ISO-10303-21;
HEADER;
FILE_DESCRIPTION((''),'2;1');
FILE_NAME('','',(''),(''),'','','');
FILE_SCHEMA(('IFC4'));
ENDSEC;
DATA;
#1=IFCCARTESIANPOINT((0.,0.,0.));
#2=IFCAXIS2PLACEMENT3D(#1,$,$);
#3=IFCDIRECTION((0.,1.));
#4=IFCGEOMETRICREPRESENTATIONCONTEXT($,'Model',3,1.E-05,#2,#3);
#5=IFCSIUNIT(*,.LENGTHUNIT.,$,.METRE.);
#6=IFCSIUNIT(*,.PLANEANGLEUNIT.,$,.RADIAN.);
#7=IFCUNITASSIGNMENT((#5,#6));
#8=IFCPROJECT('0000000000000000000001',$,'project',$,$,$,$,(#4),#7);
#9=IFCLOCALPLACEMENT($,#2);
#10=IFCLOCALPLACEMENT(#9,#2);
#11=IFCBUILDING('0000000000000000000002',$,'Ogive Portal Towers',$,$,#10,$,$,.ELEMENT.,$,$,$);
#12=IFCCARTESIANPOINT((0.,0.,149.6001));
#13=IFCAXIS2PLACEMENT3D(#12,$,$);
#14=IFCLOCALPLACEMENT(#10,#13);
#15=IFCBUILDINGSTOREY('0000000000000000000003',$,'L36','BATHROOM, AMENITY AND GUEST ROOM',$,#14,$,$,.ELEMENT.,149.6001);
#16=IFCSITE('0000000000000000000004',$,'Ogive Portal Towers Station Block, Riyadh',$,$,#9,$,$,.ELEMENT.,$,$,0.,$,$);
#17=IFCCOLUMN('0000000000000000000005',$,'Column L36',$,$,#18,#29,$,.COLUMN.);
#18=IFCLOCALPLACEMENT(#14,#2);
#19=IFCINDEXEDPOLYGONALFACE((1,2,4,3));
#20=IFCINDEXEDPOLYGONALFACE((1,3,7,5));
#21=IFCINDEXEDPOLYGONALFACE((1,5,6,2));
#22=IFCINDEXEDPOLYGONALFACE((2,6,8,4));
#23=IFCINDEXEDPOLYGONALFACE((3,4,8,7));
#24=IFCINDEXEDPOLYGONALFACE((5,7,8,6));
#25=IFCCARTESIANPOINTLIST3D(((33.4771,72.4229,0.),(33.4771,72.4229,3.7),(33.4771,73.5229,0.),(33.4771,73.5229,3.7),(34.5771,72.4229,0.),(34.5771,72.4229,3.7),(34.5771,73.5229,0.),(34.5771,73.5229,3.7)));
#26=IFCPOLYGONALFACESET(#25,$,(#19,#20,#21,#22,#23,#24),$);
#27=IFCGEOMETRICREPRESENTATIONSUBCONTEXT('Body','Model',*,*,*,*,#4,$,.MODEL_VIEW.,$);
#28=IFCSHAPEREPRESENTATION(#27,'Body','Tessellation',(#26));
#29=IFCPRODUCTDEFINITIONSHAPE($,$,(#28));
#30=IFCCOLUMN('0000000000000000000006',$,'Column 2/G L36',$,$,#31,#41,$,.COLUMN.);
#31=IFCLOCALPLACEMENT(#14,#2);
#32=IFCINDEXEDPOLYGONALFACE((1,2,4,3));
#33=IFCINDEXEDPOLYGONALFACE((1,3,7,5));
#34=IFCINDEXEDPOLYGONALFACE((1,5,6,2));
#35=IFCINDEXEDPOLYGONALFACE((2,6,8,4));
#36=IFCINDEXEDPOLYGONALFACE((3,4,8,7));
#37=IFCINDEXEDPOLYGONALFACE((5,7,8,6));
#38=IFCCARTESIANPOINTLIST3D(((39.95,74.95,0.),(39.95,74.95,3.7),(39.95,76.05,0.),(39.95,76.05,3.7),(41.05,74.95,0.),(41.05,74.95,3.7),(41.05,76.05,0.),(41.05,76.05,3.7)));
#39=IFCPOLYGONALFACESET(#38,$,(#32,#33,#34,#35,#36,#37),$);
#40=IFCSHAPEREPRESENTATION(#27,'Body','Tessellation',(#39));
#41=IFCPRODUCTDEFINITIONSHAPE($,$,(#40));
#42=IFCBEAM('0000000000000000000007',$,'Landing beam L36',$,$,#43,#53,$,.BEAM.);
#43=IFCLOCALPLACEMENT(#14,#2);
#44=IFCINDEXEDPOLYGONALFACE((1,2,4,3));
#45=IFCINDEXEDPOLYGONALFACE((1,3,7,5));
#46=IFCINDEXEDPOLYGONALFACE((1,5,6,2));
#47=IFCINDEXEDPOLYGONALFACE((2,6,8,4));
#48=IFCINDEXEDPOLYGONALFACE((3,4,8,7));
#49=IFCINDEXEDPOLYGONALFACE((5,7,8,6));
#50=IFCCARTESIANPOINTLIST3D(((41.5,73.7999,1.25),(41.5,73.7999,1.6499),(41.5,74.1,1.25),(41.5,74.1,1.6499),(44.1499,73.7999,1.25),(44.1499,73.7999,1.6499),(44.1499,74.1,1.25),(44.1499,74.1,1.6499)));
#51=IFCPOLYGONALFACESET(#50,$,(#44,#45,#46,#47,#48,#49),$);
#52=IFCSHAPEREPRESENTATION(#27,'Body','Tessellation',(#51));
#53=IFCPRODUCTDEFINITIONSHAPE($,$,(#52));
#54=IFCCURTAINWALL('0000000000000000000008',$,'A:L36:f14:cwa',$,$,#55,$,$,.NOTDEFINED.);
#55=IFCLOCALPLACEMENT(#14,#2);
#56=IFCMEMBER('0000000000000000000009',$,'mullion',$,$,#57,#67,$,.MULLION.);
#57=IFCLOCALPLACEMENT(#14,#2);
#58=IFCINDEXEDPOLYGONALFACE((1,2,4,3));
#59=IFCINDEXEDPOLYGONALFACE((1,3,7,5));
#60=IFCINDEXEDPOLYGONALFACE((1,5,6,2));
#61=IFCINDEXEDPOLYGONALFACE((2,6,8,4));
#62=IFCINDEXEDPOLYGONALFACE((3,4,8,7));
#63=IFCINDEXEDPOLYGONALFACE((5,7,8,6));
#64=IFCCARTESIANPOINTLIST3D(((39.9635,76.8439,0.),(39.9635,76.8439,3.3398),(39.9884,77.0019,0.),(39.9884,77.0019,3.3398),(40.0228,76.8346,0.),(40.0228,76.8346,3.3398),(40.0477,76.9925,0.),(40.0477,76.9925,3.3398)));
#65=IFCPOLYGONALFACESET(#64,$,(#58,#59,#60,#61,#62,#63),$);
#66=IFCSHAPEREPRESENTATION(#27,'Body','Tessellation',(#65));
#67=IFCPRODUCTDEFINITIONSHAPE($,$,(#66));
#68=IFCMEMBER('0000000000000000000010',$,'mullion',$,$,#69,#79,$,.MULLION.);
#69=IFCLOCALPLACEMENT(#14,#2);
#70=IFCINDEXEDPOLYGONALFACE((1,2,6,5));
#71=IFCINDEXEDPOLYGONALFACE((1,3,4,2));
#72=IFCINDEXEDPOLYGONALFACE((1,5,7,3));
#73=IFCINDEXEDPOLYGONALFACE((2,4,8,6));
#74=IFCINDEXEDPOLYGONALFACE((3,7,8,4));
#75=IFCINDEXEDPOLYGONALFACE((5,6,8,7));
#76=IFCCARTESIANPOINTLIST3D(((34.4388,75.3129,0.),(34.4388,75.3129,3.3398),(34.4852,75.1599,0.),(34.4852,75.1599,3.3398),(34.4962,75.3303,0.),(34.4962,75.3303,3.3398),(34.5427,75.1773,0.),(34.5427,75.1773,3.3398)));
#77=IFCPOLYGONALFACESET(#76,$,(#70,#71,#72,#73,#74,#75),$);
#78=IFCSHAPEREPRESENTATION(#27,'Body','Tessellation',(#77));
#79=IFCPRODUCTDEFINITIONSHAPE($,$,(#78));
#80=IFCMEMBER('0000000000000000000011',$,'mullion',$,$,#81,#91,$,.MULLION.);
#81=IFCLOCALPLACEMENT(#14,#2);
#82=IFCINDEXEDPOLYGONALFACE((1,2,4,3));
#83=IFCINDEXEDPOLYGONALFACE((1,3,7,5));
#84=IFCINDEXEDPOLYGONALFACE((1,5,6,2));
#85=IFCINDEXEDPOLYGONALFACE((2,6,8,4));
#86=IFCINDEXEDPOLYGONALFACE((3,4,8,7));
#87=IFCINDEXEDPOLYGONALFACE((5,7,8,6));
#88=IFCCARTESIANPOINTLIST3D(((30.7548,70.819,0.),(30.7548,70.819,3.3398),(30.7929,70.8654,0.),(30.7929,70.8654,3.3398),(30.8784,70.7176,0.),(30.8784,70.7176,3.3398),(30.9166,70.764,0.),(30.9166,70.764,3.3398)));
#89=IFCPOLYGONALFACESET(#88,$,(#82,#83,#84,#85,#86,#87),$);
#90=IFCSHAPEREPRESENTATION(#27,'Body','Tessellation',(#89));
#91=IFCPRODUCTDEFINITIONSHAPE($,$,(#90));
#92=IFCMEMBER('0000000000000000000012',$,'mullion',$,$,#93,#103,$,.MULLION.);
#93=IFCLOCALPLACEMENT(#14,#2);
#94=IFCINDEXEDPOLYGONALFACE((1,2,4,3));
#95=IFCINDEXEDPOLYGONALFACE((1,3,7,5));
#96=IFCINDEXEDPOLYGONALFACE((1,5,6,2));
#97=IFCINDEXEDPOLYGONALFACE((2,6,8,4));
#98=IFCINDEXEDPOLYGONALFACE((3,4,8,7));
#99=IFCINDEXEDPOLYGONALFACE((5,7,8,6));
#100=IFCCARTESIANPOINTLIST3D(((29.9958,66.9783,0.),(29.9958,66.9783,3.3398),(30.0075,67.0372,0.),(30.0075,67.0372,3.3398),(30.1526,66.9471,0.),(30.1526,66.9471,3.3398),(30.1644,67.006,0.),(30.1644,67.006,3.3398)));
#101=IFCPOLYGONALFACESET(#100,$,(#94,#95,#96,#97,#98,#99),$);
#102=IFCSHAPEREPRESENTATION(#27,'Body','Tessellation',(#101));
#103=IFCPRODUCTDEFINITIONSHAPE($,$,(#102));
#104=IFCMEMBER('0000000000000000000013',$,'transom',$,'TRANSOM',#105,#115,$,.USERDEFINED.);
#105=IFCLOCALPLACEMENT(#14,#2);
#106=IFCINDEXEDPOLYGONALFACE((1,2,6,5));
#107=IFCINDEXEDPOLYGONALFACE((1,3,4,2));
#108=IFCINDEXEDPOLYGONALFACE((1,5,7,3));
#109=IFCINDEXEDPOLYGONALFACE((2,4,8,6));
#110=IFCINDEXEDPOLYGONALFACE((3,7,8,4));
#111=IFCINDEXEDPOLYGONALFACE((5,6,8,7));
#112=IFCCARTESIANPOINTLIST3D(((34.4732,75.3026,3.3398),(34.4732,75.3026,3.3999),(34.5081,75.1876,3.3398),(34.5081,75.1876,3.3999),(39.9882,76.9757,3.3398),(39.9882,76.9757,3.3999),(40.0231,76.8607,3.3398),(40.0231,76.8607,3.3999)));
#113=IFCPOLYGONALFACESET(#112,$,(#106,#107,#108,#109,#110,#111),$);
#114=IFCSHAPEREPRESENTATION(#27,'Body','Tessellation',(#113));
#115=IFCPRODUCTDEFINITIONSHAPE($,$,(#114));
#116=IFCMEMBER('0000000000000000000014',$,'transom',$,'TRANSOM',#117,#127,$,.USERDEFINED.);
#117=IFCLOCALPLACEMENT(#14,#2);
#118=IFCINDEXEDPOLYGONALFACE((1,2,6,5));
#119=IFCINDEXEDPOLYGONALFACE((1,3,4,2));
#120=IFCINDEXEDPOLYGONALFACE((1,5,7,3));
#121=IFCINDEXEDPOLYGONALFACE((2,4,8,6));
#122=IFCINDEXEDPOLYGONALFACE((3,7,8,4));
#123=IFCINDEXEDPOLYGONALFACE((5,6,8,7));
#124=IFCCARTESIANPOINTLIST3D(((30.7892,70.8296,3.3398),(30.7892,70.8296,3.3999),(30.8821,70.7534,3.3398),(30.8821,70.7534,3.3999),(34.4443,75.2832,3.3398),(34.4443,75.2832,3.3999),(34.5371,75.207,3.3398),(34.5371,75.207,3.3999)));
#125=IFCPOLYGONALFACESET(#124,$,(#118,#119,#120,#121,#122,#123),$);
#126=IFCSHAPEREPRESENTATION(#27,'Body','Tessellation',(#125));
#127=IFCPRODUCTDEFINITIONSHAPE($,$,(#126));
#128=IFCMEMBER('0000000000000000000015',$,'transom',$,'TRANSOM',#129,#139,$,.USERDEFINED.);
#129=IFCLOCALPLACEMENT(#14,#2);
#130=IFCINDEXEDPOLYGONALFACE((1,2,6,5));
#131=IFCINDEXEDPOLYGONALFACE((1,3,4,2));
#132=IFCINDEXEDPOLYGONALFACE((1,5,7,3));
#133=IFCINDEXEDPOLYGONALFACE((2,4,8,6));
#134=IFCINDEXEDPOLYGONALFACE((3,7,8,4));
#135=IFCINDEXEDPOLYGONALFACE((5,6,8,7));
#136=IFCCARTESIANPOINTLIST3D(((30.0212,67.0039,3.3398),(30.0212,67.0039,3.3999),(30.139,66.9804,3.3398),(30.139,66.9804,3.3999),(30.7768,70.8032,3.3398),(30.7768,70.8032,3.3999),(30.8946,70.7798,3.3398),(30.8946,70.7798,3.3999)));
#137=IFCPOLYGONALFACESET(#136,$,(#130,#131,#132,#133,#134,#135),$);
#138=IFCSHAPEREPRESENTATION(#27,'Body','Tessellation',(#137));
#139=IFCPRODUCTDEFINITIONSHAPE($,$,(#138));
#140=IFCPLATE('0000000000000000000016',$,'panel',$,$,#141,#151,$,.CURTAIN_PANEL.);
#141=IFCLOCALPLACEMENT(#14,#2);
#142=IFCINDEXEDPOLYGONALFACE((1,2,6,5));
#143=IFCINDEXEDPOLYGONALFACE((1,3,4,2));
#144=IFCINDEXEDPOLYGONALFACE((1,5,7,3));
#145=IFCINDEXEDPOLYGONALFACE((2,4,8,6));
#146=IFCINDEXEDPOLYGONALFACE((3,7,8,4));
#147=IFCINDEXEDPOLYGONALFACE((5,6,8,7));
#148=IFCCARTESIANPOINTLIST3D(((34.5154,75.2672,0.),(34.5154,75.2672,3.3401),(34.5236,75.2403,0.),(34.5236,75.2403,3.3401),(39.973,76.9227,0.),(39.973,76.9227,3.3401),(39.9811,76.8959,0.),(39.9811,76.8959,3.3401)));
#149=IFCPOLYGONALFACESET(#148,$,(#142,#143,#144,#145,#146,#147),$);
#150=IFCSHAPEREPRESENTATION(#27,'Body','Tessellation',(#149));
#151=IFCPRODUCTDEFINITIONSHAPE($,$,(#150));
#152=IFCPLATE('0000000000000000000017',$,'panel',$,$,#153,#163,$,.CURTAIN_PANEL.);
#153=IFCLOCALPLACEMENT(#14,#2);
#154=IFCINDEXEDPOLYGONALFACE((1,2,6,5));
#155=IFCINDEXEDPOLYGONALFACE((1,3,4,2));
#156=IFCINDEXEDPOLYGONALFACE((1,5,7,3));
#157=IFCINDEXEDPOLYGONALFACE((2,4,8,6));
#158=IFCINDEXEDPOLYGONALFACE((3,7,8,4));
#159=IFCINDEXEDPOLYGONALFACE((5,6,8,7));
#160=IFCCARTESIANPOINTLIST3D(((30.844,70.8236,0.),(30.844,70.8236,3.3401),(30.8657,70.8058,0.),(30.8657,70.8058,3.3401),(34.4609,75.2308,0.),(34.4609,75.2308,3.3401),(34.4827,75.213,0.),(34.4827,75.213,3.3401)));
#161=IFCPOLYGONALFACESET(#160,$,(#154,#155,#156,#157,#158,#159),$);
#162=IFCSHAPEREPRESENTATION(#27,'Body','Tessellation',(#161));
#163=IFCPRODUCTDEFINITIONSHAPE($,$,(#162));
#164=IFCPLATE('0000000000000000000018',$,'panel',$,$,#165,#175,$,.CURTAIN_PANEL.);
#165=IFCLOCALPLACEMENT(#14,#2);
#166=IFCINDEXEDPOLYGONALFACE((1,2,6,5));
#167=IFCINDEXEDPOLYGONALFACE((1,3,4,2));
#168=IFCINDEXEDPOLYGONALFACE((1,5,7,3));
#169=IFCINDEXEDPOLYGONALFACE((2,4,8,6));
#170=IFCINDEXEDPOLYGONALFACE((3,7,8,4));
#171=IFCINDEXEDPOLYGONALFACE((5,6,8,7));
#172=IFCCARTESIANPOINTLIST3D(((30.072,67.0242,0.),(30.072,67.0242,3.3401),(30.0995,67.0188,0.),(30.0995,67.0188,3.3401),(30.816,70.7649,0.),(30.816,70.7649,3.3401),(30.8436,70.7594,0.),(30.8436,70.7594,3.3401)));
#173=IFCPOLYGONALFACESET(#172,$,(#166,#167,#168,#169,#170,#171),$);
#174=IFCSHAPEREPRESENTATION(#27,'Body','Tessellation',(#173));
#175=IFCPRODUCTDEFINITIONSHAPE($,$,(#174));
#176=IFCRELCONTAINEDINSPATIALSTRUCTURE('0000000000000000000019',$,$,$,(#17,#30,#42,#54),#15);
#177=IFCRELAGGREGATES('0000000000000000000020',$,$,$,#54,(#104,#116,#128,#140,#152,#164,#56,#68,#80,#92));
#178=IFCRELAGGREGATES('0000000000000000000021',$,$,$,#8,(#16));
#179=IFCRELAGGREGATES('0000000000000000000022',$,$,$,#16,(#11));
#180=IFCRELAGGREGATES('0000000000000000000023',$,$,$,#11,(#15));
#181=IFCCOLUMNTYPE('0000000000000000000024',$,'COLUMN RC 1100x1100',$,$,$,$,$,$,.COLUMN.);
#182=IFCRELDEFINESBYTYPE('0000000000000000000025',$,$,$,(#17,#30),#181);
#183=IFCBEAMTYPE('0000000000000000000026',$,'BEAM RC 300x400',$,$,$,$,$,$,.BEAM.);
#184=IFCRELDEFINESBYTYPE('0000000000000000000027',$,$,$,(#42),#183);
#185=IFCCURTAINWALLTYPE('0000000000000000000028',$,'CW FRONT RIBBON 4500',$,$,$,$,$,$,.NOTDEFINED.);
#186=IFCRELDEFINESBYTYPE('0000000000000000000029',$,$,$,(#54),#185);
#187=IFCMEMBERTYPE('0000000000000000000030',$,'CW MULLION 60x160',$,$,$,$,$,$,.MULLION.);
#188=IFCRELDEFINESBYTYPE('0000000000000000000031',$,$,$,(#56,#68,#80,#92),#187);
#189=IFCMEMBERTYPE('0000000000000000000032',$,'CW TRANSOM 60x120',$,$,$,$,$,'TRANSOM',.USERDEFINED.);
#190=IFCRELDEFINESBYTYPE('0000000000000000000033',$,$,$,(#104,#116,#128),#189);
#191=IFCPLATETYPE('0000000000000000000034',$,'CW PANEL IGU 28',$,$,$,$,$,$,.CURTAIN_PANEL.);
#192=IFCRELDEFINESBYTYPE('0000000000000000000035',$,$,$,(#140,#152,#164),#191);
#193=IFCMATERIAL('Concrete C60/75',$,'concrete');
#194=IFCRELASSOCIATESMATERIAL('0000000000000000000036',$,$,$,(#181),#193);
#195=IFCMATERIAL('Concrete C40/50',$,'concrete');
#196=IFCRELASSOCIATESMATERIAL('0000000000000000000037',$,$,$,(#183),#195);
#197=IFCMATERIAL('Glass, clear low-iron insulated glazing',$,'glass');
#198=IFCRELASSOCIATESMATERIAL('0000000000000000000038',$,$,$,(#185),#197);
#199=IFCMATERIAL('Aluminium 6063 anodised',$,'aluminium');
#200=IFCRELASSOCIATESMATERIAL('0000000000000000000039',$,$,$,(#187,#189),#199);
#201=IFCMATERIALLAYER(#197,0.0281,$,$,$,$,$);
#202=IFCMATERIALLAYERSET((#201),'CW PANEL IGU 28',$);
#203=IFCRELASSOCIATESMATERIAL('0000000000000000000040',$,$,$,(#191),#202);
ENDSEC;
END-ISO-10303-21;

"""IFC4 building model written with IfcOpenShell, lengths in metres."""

from ifc_helpers import new_model, si_unit, direction, frame, origin, origin_2d, place, context, subcontext, project, spatial, rectangle, extrude, material, layer, layer_set, material_profile, profile_set, type_object, element, aggregate, save


model = new_model("IFC4")

# Units and contexts
model_context = context("Model", 3, precision=1e-05, world=origin(), true_north=direction((0.0, 1.0)))
body_context = subcontext(model_context, "Body", "Model", "MODEL_VIEW")
ifc_project = project(units=[si_unit("LENGTHUNIT", "METRE"), si_unit("PLANEANGLEUNIT", "RADIAN")], contexts=[model_context])

# Site, building, storey
site_placement = place(None, origin())
site = spatial("IfcSite", under=ifc_project, at=site_placement, Name="Ogive Portal Towers Station Block, Riyadh", CompositionType="ELEMENT", RefElevation=0.0)
building_placement = place(site_placement, origin())
building = spatial("IfcBuilding", under=site, at=building_placement, Name="Ogive Portal Towers", CompositionType="ELEMENT")
storey_placement = place(building_placement, frame((0.0, 0.0, 149.6001)))
storey = spatial("IfcBuildingStorey", under=building, at=storey_placement, Name="L36", Description="BATHROOM, AMENITY AND GUEST ROOM", CompositionType="ELEMENT", Elevation=149.6001)

# Columns
ifc_material_1 = material(Name="Concrete C60/75", Category="concrete")
ifc_material_profile_1 = material_profile(ifc_material_1, rectangle(XDim=1.1001, YDim=1.1001, at=origin_2d()), Name="RC 1100x1100")
ifc_profile_set_1 = profile_set([ifc_material_profile_1], Name="Concrete C60/75")
column_type = type_object("IfcColumnType", Name="COLUMN RC 1100x1100", PredefinedType="COLUMN", material=ifc_profile_set_1)
for number, where, z_axis, x_axis, name in (
    (1, (34.0271, 72.9729, 0.0), (0.0, 0.0, 1.0), (1.0, 0.0, 0.0), "Column L36"),
    (2, (40.5, 75.5, 0.0), (0.0, 0.0, 1.0), (1.0, 0.0, 0.0), "Column 2/G L36"),
):
    element("IfcColumn", number, at=place(storey_placement, frame(where, z_axis=z_axis, x_axis=x_axis)), inside=storey, type_object=column_type, Name=name, PredefinedType="COLUMN", context=body_context, shape_type="SweptSolid", body=[
        extrude(rectangle(XDim=1.1001, YDim=1.1001, at=origin_2d()), origin(), (0.0, 0.0, 1.0), 3.7),
    ])

# Beam
ifc_material_2 = material(Name="Concrete C40/50", Category="concrete")
ifc_material_profile_2 = material_profile(ifc_material_2, rectangle(XDim=0.3, YDim=0.3999, at=origin_2d()), Name="RC 300x400")
ifc_profile_set_2 = profile_set([ifc_material_profile_2], Name="Concrete C40/50")
beam_type = type_object("IfcBeamType", Name="BEAM RC 300x400", PredefinedType="BEAM", material=ifc_profile_set_2)
beam_placement = place(storey_placement, frame((41.5, 73.95, 1.45), z_axis=(1.0, 0.0, 0.0), x_axis=(0.0, 1.0, 0.0)))
element("IfcBeam", 3, at=beam_placement, inside=storey, type_object=beam_type, Name="Landing beam L36", PredefinedType="BEAM", context=body_context, shape_type="SweptSolid", body=[
    extrude(rectangle(XDim=0.3, YDim=0.3999, at=origin_2d()), origin(), (0.0, 0.0, 1.0), 2.6499),
])

# Curtain wall, members, plates
ifc_material_3 = material(Name="Glass, clear low-iron insulated glazing", Category="glass")
curtain_wall_type = type_object("IfcCurtainWallType", Name="CW FRONT RIBBON 4500", PredefinedType="NOTDEFINED", material=ifc_material_3)
curtain_wall_placement = place(storey_placement, origin())
curtain_wall = element("IfcCurtainWall", 4, at=curtain_wall_placement, inside=storey, type_object=curtain_wall_type, Name="A:L36:f14:cwa", PredefinedType="NOTDEFINED")
ifc_material_4 = material(Name="Aluminium 6063 anodised", Category="aluminium")
ifc_material_profile_3 = material_profile(ifc_material_4, rectangle(XDim=0.1599, YDim=0.0601, at=origin_2d()), Name="AL 60x160")
ifc_profile_set_3 = profile_set([ifc_material_profile_3], Name="Aluminium 6063 anodised")
member_type_1 = type_object("IfcMemberType", Name="CW MULLION 60x160", PredefinedType="MULLION", material=ifc_profile_set_3)
member_1_placement = place(storey_placement, frame((40.0056, 76.9182, 0.0), z_axis=(0.0, 0.0, 1.0), x_axis=(-0.155777, -0.987792, 0.0)))
member_1 = element("IfcMember", 5, at=member_1_placement, type_object=member_type_1, Name="mullion", PredefinedType="MULLION", context=body_context, shape_type="SweptSolid", body=[
    extrude(rectangle(XDim=0.1599, YDim=0.0601, at=origin_2d()), origin(), (0.0, 0.0, 1.0), 3.3398),
])
member_2_placement = place(storey_placement, frame((34.4907, 75.2451, 0.0), z_axis=(0.0, 0.0, 1.0), x_axis=(0.290285, -0.95694, 0.0)))
member_2 = element("IfcMember", 6, at=member_2_placement, type_object=member_type_1, Name="mullion", PredefinedType="MULLION", context=body_context, shape_type="SweptSolid", body=[
    extrude(rectangle(XDim=0.1599, YDim=0.0601, at=origin_2d()), origin(), (0.0, 0.0, 1.0), 3.3398),
])
member_3_placement = place(storey_placement, frame((30.8357, 70.7915, 0.0), z_axis=(0.0, 0.0, 1.0), x_axis=(0.77301, -0.634393, 0.0)))
member_3 = element("IfcMember", 7, at=member_3_placement, type_object=member_type_1, Name="mullion", PredefinedType="MULLION", context=body_context, shape_type="SweptSolid", body=[
    extrude(rectangle(XDim=0.1599, YDim=0.0601, at=origin_2d()), origin(), (0.0, 0.0, 1.0), 3.3398),
])
member_4_placement = place(storey_placement, frame((30.0801, 66.9922, 0.0), z_axis=(0.0, 0.0, 1.0), x_axis=(0.980785, -0.19509, 0.0)))
member_4 = element("IfcMember", 8, at=member_4_placement, type_object=member_type_1, Name="mullion", PredefinedType="MULLION", context=body_context, shape_type="SweptSolid", body=[
    extrude(rectangle(XDim=0.1599, YDim=0.0601, at=origin_2d()), origin(), (0.0, 0.0, 1.0), 3.3398),
])
ifc_material_profile_4 = material_profile(ifc_material_4, rectangle(XDim=0.1201, YDim=0.0601, at=origin_2d()), Name="AL 120x60")
ifc_profile_set_4 = profile_set([ifc_material_profile_4], Name="Aluminium 6063 anodised")
member_type_2 = type_object("IfcMemberType", Name="CW TRANSOM 60x120", ElementType="TRANSOM", PredefinedType="USERDEFINED", material=ifc_profile_set_4)
member_5_placement = place(storey_placement, frame((40.0056, 76.9182, 3.3699), z_axis=(-0.956932, -0.290312, 0.0), x_axis=(0.290312, -0.956932, 0.0)))
member_5 = element("IfcMember", 9, at=member_5_placement, type_object=member_type_2, Name="transom", ObjectType="TRANSOM", PredefinedType="USERDEFINED", context=body_context, shape_type="SweptSolid", body=[
    extrude(rectangle(XDim=0.1201, YDim=0.0601, at=origin_2d()), origin(), (0.0, 0.0, 1.0), 5.7632),
])
member_6_placement = place(storey_placement, frame((34.4907, 75.2451, 3.3699), z_axis=(-0.634398, -0.773007, 0.0), x_axis=(0.773007, -0.634398, 0.0)))
member_6 = element("IfcMember", 10, at=member_6_placement, type_object=member_type_2, Name="transom", ObjectType="TRANSOM", PredefinedType="USERDEFINED", context=body_context, shape_type="SweptSolid", body=[
    extrude(rectangle(XDim=0.1201, YDim=0.0601, at=origin_2d()), origin(), (0.0, 0.0, 1.0), 5.7615),
])
member_7_placement = place(storey_placement, frame((30.8357, 70.7915, 3.3699), z_axis=(-0.195062, -0.980791, 0.0), x_axis=(0.980791, -0.195062, 0.0)))
member_7 = element("IfcMember", 11, at=member_7_placement, type_object=member_type_2, Name="transom", ObjectType="TRANSOM", PredefinedType="USERDEFINED", context=body_context, shape_type="SweptSolid", body=[
    extrude(rectangle(XDim=0.1201, YDim=0.0601, at=origin_2d()), origin(), (0.0, 0.0, 1.0), 3.8738),
])
ifc_layer_1 = layer(ifc_material_3, 0.0281)
ifc_layer_set_1 = layer_set([ifc_layer_1], Name="CW PANEL IGU 28")
plate_type = type_object("IfcPlateType", Name="CW PANEL IGU 28", PredefinedType="CURTAIN_PANEL", material=ifc_layer_set_1)
plate_1_placement = place(storey_placement, frame((37.2483, 76.0815, 0.0), z_axis=(0.0, 0.0, 1.0), x_axis=(-0.95694, -0.290285, 0.0)))
plate_1 = element("IfcPlate", 12, at=plate_1_placement, type_object=plate_type, Name="panel", PredefinedType="CURTAIN_PANEL", context=body_context, shape_type="SweptSolid", body=[
    extrude(rectangle(XDim=5.7031, YDim=0.0281, at=origin_2d()), origin(), (0.0, 0.0, 1.0), 3.3401),
])
plate_2_placement = place(storey_placement, frame((32.6633, 73.0183, 0.0), z_axis=(0.0, 0.0, 1.0), x_axis=(-0.634393, -0.77301, 0.0)))
plate_2 = element("IfcPlate", 13, at=plate_2_placement, type_object=plate_type, Name="panel", PredefinedType="CURTAIN_PANEL", context=body_context, shape_type="SweptSolid", body=[
    extrude(rectangle(XDim=5.7014, YDim=0.0281, at=origin_2d()), origin(), (0.0, 0.0, 1.0), 3.3401),
])
plate_3_placement = place(storey_placement, frame((30.4578, 68.8918, 0.0), z_axis=(0.0, 0.0, 1.0), x_axis=(-0.19509, -0.980785, 0.0)))
plate_3 = element("IfcPlate", 14, at=plate_3_placement, type_object=plate_type, Name="panel", PredefinedType="CURTAIN_PANEL", context=body_context, shape_type="SweptSolid", body=[
    extrude(rectangle(XDim=3.814, YDim=0.0281, at=origin_2d()), origin(), (0.0, 0.0, 1.0), 3.3401),
])
aggregate(curtain_wall, [member_5, member_6, member_7, plate_1, plate_2, plate_3, member_1, member_2, member_3, member_4])

save(model, "model.ifc")
